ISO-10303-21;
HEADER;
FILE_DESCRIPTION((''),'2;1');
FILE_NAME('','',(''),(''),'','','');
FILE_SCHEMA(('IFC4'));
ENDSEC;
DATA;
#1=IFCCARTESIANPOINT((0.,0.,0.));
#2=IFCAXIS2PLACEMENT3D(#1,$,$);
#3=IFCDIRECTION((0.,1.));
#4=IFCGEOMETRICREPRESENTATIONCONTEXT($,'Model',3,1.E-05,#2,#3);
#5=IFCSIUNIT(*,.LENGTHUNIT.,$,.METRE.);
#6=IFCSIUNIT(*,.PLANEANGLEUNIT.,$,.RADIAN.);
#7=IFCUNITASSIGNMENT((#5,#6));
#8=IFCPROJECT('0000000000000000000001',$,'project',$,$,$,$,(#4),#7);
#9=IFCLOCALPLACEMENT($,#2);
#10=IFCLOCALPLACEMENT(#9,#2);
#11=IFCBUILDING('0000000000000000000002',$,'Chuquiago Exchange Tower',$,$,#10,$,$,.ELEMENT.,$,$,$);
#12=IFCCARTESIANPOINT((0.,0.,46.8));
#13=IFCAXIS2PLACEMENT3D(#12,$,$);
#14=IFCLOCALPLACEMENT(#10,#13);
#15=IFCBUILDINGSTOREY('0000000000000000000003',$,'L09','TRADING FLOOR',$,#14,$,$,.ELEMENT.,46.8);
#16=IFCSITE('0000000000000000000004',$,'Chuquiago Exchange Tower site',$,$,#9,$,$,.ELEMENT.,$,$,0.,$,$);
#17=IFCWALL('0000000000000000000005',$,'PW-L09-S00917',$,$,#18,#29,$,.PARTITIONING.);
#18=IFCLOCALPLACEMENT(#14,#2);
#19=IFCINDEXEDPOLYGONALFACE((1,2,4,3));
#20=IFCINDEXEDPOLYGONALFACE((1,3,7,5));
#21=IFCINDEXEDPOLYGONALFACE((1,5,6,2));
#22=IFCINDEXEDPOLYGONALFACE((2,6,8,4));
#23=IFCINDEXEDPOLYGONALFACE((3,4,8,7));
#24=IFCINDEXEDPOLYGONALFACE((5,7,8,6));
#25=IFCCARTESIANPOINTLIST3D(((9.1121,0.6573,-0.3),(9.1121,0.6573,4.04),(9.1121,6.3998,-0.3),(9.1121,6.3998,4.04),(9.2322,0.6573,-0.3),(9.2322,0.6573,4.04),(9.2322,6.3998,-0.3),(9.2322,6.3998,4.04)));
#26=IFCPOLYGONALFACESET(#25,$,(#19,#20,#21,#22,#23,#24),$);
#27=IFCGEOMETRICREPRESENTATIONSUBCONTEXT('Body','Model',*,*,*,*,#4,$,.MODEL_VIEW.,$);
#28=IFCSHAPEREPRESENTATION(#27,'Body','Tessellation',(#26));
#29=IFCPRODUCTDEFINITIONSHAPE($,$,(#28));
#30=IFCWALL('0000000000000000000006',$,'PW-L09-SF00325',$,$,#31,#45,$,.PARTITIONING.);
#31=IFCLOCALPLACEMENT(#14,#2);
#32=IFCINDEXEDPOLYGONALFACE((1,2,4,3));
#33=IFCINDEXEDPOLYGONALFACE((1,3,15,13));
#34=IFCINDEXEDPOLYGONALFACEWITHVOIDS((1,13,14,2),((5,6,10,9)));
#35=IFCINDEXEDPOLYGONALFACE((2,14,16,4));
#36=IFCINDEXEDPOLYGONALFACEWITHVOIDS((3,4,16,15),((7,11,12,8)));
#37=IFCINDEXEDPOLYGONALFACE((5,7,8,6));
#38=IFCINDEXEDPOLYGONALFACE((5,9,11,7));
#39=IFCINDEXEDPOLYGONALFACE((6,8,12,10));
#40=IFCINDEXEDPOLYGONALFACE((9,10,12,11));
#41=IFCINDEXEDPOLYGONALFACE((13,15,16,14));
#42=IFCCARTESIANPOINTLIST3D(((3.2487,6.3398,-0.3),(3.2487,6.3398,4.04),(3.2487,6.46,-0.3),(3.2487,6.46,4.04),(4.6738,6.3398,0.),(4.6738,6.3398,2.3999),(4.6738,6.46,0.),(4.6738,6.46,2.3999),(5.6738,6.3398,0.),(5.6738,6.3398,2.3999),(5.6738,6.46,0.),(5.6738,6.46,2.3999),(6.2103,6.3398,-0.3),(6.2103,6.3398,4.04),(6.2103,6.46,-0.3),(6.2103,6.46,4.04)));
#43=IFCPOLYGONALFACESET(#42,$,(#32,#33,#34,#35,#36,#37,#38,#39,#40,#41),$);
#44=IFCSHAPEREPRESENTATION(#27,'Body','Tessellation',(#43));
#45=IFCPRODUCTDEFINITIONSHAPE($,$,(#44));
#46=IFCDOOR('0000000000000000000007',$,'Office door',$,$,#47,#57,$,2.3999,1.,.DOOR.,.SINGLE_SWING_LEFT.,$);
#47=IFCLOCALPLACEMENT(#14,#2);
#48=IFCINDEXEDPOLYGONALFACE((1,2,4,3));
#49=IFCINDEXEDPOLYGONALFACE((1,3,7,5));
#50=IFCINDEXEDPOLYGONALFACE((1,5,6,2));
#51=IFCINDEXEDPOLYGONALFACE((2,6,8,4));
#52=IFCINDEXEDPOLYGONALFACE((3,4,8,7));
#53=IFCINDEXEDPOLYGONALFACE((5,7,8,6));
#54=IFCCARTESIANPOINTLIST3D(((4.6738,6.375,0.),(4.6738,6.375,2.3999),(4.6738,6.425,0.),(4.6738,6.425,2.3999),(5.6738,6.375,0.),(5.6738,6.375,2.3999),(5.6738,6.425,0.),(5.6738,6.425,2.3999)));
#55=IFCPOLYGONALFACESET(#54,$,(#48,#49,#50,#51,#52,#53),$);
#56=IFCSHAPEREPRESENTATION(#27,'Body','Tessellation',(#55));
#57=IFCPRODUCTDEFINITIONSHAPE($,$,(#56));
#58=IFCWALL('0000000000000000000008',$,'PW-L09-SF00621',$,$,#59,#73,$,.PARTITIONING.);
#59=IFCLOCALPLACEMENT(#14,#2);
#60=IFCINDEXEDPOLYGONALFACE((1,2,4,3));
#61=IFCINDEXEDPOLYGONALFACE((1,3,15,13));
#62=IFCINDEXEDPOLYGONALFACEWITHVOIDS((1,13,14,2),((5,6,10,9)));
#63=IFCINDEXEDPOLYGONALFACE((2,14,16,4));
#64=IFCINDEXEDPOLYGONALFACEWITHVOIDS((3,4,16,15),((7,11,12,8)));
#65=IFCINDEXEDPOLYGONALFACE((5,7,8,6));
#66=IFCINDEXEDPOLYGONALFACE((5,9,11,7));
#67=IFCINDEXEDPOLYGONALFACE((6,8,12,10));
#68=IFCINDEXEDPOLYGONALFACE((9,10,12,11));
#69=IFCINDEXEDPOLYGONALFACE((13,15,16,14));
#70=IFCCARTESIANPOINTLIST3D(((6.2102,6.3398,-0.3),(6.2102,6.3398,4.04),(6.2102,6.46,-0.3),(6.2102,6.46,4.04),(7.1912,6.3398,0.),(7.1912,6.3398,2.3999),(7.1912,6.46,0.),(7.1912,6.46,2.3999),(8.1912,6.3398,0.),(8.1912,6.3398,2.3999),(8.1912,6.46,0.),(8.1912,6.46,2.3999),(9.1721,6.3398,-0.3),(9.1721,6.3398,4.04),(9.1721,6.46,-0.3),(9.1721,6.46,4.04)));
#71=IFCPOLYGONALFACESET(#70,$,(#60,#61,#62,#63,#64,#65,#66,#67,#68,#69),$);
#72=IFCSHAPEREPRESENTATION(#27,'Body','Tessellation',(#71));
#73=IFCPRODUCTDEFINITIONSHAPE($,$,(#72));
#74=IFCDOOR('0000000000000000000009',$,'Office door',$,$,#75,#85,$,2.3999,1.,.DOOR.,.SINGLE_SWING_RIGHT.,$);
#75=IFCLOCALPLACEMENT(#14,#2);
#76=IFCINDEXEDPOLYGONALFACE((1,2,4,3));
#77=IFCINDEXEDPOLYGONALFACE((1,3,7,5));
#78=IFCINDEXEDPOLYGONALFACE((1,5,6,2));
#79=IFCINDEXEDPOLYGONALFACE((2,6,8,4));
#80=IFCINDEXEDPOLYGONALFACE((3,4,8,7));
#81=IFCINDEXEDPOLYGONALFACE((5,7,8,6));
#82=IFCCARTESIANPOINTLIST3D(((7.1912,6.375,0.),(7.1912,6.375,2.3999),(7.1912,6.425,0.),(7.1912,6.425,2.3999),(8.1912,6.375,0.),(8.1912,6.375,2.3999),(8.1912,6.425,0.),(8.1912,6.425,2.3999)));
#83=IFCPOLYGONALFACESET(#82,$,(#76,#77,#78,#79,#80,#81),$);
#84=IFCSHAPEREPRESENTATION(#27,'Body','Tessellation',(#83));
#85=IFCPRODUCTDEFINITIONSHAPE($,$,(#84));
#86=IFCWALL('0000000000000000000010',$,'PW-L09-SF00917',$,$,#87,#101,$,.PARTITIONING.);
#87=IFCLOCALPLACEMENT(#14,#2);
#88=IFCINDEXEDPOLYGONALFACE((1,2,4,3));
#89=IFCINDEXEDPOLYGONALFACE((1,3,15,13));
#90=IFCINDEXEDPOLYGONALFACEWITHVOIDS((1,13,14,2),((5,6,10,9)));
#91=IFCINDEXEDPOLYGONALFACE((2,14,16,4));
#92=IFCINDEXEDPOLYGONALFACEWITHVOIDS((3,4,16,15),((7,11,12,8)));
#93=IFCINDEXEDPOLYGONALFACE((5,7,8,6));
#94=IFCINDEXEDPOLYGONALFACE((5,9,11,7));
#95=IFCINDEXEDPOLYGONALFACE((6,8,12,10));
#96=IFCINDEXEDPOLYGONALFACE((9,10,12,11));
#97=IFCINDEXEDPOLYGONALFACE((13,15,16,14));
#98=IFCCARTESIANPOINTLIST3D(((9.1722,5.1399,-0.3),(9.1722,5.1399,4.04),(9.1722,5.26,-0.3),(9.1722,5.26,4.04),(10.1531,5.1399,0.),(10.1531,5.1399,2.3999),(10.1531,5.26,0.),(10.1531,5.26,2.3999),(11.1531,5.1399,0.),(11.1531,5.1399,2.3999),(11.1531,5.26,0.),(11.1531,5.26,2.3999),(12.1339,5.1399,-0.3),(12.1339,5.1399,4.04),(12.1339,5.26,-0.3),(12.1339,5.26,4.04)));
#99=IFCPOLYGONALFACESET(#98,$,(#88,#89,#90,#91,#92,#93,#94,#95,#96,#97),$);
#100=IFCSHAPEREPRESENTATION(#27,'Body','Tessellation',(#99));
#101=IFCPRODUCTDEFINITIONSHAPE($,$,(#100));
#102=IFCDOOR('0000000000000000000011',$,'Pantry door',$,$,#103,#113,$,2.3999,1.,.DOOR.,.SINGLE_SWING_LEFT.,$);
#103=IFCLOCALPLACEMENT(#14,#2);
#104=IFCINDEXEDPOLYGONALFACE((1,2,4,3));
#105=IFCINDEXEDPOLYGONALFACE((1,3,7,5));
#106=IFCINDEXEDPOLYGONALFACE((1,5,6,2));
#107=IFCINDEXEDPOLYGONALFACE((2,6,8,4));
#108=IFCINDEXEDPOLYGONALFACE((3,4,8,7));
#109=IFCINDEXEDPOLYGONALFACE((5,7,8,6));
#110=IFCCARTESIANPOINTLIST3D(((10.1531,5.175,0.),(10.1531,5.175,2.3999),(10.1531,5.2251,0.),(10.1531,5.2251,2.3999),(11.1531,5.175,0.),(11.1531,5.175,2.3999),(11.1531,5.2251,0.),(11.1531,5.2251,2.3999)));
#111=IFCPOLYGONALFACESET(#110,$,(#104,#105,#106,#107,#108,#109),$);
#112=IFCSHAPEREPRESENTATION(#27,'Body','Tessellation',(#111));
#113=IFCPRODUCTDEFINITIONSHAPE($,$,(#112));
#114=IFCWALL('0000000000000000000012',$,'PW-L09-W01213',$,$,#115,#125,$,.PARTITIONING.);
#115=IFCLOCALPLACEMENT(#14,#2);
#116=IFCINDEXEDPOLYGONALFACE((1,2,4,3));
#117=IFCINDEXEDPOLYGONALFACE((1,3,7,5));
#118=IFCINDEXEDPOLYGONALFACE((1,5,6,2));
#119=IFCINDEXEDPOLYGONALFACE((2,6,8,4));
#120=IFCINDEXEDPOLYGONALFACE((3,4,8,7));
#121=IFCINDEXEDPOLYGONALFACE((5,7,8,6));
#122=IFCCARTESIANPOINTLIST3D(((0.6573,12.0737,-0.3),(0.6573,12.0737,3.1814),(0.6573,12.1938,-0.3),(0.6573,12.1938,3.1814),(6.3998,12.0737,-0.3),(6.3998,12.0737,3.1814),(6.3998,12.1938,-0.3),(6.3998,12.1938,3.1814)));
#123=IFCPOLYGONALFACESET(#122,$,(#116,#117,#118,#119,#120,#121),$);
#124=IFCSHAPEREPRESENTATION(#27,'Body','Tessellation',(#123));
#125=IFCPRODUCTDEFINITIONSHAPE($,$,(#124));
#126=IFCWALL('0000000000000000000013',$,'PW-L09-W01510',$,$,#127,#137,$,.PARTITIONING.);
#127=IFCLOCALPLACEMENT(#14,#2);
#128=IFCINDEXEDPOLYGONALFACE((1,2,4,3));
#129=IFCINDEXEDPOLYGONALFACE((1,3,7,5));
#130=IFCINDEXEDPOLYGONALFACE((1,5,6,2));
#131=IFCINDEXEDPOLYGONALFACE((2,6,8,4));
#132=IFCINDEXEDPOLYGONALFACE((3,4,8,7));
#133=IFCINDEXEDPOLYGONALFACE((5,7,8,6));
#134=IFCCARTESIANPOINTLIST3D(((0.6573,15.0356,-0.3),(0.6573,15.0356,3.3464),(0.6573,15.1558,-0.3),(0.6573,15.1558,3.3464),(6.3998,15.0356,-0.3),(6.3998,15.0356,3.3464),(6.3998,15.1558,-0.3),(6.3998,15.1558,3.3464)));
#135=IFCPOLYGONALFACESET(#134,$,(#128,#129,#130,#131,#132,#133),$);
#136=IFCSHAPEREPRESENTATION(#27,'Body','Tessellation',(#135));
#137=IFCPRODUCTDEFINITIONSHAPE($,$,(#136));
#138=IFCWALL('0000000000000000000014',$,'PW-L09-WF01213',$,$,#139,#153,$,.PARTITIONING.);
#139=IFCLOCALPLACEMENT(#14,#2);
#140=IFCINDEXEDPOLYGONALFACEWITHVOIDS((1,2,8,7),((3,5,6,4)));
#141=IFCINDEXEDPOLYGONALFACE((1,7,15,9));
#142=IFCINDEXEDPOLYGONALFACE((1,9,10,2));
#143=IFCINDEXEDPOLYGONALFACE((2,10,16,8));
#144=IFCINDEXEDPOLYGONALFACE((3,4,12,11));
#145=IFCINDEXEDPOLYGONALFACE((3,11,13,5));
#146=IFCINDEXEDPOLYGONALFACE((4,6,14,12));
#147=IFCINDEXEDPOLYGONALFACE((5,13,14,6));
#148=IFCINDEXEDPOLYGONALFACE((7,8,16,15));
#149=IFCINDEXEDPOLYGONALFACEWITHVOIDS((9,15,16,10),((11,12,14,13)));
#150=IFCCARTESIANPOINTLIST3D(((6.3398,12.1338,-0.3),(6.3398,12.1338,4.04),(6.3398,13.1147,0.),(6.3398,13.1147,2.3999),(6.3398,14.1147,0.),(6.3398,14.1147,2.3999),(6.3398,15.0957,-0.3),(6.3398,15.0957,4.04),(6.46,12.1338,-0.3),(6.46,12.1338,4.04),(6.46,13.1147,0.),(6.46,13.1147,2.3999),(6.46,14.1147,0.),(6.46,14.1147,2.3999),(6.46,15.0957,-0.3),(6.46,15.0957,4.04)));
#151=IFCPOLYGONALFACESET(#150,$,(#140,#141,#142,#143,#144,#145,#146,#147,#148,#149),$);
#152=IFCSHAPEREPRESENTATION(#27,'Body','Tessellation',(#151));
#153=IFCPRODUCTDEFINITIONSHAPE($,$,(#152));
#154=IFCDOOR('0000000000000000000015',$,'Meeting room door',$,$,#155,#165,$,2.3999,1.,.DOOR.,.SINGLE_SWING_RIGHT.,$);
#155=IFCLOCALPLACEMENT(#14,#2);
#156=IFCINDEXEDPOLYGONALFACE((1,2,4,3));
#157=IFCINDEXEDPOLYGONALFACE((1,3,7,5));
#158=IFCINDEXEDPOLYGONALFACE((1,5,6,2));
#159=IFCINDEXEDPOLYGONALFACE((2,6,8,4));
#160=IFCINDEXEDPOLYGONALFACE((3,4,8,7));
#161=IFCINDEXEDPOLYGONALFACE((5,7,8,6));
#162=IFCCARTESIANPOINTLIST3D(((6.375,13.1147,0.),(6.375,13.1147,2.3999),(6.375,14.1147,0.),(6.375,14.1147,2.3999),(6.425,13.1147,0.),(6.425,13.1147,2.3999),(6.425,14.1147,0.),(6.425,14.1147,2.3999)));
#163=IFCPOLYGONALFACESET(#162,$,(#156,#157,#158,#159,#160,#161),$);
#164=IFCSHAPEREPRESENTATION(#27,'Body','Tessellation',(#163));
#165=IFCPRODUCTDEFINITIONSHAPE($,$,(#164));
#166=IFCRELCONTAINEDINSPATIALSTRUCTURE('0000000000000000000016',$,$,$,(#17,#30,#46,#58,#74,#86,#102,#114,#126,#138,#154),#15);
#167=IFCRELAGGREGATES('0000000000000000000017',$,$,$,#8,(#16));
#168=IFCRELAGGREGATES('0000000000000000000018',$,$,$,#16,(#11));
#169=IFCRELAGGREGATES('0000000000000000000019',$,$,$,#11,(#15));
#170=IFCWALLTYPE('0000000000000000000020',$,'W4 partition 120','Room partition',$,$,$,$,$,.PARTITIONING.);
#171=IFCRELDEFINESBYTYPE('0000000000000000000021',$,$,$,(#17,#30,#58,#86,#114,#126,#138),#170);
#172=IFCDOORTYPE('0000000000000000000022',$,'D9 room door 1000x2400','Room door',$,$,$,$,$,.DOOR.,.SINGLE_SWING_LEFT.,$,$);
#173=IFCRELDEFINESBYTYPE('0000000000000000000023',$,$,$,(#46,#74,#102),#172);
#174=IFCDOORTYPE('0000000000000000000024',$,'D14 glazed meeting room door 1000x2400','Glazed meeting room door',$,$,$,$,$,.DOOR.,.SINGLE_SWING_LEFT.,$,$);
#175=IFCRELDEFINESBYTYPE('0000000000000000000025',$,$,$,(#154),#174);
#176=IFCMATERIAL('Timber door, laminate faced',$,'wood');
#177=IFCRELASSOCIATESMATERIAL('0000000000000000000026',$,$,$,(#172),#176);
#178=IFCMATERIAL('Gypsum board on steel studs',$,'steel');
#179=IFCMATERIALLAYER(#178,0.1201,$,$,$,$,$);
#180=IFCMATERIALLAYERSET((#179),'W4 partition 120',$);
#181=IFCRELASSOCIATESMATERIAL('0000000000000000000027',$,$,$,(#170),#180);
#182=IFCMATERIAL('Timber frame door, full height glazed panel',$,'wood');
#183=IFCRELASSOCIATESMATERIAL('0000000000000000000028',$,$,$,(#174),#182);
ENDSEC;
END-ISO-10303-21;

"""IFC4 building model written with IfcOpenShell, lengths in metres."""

from ifc_helpers import new_model, si_unit, direction, frame, frame_2d, origin, place, context, subcontext, project, spatial, rectangle, extrude, material, layer, layer_set, type_object, element, fill, save


model = new_model("IFC4")

# Units and contexts
model_context = context("Model", 3, precision=1e-05, world=origin(), true_north=direction((0.0, 1.0)))
body_context = subcontext(model_context, "Body", "Model", "MODEL_VIEW")
ifc_project = project(units=[si_unit("LENGTHUNIT", "METRE"), si_unit("PLANEANGLEUNIT", "RADIAN")], contexts=[model_context])

# Site, building, storey
site_placement = place(None, origin())
site = spatial("IfcSite", under=ifc_project, at=site_placement, Name="Chuquiago Exchange Tower site", CompositionType="ELEMENT", RefElevation=0.0)
building_placement = place(site_placement, origin())
building = spatial("IfcBuilding", under=site, at=building_placement, Name="Chuquiago Exchange Tower", CompositionType="ELEMENT")
storey_placement = place(building_placement, frame((0.0, 0.0, 46.8)))
storey = spatial("IfcBuildingStorey", under=building, at=storey_placement, Name="L09", Description="TRADING FLOOR", CompositionType="ELEMENT", Elevation=46.8)

# Shared definitions
ifc_material_1 = material(Name="Timber door, laminate faced", Category="wood")
door_type_1 = type_object("IfcDoorType", Name="D9 room door 1000x2400", Description="Room door", OperationType="SINGLE_SWING_LEFT", PredefinedType="DOOR", material=ifc_material_1)

# Wall
ifc_material_2 = material(Name="Gypsum board on steel studs", Category="steel")
ifc_layer_1 = layer(ifc_material_2, 0.1201)
ifc_layer_set_1 = layer_set([ifc_layer_1], Name="W4 partition 120")
wall_type_1 = type_object("IfcWallType", Name="W4 partition 120", Description="Room partition", PredefinedType="PARTITIONING", material=ifc_layer_set_1)
for number, where, z_axis, x_axis, name in (
    (1, (9.1721, 0.6575, -0.3), (0.0, 0.0, 1.0), (0.0, 1.0, 0.0), "PW-L09-S00917"),
):
    element("IfcWall", number, at=place(storey_placement, frame(where, z_axis=z_axis, x_axis=x_axis)), inside=storey, type_object=wall_type_1, Name=name, PredefinedType="PARTITIONING", context=body_context, shape_type="SweptSolid", body=[
        extrude(rectangle(XDim=5.7424, YDim=0.1201, at=frame_2d((2.8711, 0.0))), origin(), (0.0, 0.0, 1.0), 4.3401),
    ])

# Walls, openings, doors
wall_1_placement = place(storey_placement, frame((3.2485, 6.3999, -0.3), z_axis=(0.0, 0.0, 1.0), x_axis=(1.0, 0.0, 0.0)))
wall_1 = element("IfcWall", 2, at=wall_1_placement, inside=storey, type_object=wall_type_1, Name="PW-L09-SF00325", PredefinedType="PARTITIONING", context=body_context, shape_type="SweptSolid", body=[
    extrude(rectangle(XDim=2.9617, YDim=0.1201, at=frame_2d((1.481, 0.0))), origin(), (0.0, 0.0, 1.0), 4.3401),
])
opening_1_placement = place(wall_1_placement, frame((1.4253, 0.0, 0.3)))
opening_1 = element("IfcOpeningElement", 3, at=opening_1_placement, cuts=wall_1, PredefinedType="OPENING", context=body_context, shape_type="SweptSolid", body=[
    extrude(rectangle(XDim=1.0, YDim=2.3999, at=frame_2d((0.5, 1.2))), frame((0.0, 0.0701, 0.0), z_axis=(0.0, -1.0, 0.0), x_axis=(1.0, 0.0, 0.0)), (0.0, 0.0, 1.0), 0.1401),
])
door_1_placement = place(opening_1_placement, frame((1.0, 0.0, 0.0), z_axis=(0.0, 0.0, 1.0), x_axis=(-1.0, 0.0, 0.0)))
door_1 = element("IfcDoor", 4, at=door_1_placement, inside=storey, type_object=door_type_1, Name="Office door", OperationType="SINGLE_SWING_LEFT", OverallHeight=2.3999, OverallWidth=1.0, PredefinedType="DOOR", context=body_context, shape_type="SweptSolid", body=[
    extrude(rectangle(XDim=1.0, YDim=2.3999, at=frame_2d((0.5, 1.2))), frame((0.0, 0.0249, 0.0), z_axis=(0.0, -1.0, 0.0), x_axis=(1.0, 0.0, 0.0)), (0.0, 0.0, 1.0), 0.05),
])
fill(opening_1, door_1)
wall_2_placement = place(storey_placement, frame((6.2102, 6.3999, -0.3), z_axis=(0.0, 0.0, 1.0), x_axis=(1.0, 0.0, 0.0)))
wall_2 = element("IfcWall", 5, at=wall_2_placement, inside=storey, type_object=wall_type_1, Name="PW-L09-SF00621", PredefinedType="PARTITIONING", context=body_context, shape_type="SweptSolid", body=[
    extrude(rectangle(XDim=2.9619, YDim=0.1201, at=frame_2d((1.481, 0.0))), origin(), (0.0, 0.0, 1.0), 4.3401),
])
opening_2_placement = place(wall_2_placement, frame((0.981, 0.0, 0.3)))
opening_2 = element("IfcOpeningElement", 6, at=opening_2_placement, cuts=wall_2, PredefinedType="OPENING", context=body_context, shape_type="SweptSolid", body=[
    extrude(rectangle(XDim=1.0, YDim=2.3999, at=frame_2d((0.5, 1.2))), frame((0.0, 0.0701, 0.0), z_axis=(0.0, -1.0, 0.0), x_axis=(1.0, 0.0, 0.0)), (0.0, 0.0, 1.0), 0.1401),
])
door_2_placement = place(opening_2_placement, frame((1.0, 0.0, 0.0), z_axis=(0.0, 0.0, 1.0), x_axis=(-1.0, 0.0, 0.0)))
door_2 = element("IfcDoor", 7, at=door_2_placement, inside=storey, type_object=door_type_1, Name="Office door", OperationType="SINGLE_SWING_RIGHT", OverallHeight=2.3999, OverallWidth=1.0, PredefinedType="DOOR", context=body_context, shape_type="SweptSolid", body=[
    extrude(rectangle(XDim=1.0, YDim=2.3999, at=frame_2d((0.5, 1.2))), frame((0.0, 0.0249, 0.0), z_axis=(0.0, -1.0, 0.0), x_axis=(1.0, 0.0, 0.0)), (0.0, 0.0, 1.0), 0.05),
])
fill(opening_2, door_2)
wall_3_placement = place(storey_placement, frame((9.1721, 5.2, -0.3), z_axis=(0.0, 0.0, 1.0), x_axis=(1.0, 0.0, 0.0)))
wall_3 = element("IfcWall", 8, at=wall_3_placement, inside=storey, type_object=wall_type_1, Name="PW-L09-SF00917", PredefinedType="PARTITIONING", context=body_context, shape_type="SweptSolid", body=[
    extrude(rectangle(XDim=2.9617, YDim=0.1201, at=frame_2d((1.481, 0.0))), origin(), (0.0, 0.0, 1.0), 4.3401),
])
opening_3_placement = place(wall_3_placement, frame((0.981, 0.0, 0.3)))
opening_3 = element("IfcOpeningElement", 9, at=opening_3_placement, cuts=wall_3, PredefinedType="OPENING", context=body_context, shape_type="SweptSolid", body=[
    extrude(rectangle(XDim=1.0, YDim=2.3999, at=frame_2d((0.5, 1.2))), frame((0.0, 0.0701, 0.0), z_axis=(0.0, -1.0, 0.0), x_axis=(1.0, 0.0, 0.0)), (0.0, 0.0, 1.0), 0.1401),
])
door_3_placement = place(opening_3_placement, frame((1.0, 0.0, 0.0), z_axis=(0.0, 0.0, 1.0), x_axis=(-1.0, 0.0, 0.0)))
door_3 = element("IfcDoor", 10, at=door_3_placement, inside=storey, type_object=door_type_1, Name="Pantry door", OperationType="SINGLE_SWING_LEFT", OverallHeight=2.3999, OverallWidth=1.0, PredefinedType="DOOR", context=body_context, shape_type="SweptSolid", body=[
    extrude(rectangle(XDim=1.0, YDim=2.3999, at=frame_2d((0.5, 1.2))), frame((0.0, 0.0249, 0.0), z_axis=(0.0, -1.0, 0.0), x_axis=(1.0, 0.0, 0.0)), (0.0, 0.0, 1.0), 0.05),
])
fill(opening_3, door_3)

# Walls
wall_4_placement = place(storey_placement, frame((0.6575, 12.1338, -0.3), z_axis=(0.0, 0.0, 1.0), x_axis=(1.0, 0.0, 0.0)))
element("IfcWall", 11, at=wall_4_placement, inside=storey, type_object=wall_type_1, Name="PW-L09-W01213", PredefinedType="PARTITIONING", context=body_context, shape_type="SweptSolid", body=[
    extrude(rectangle(XDim=5.7424, YDim=0.1201, at=frame_2d((2.8711, 0.0))), origin(), (0.0, 0.0, 1.0), 3.4814),
])
wall_5_placement = place(storey_placement, frame((0.6575, 15.0957, -0.3), z_axis=(0.0, 0.0, 1.0), x_axis=(1.0, 0.0, 0.0)))
element("IfcWall", 12, at=wall_5_placement, inside=storey, type_object=wall_type_1, Name="PW-L09-W01510", PredefinedType="PARTITIONING", context=body_context, shape_type="SweptSolid", body=[
    extrude(rectangle(XDim=5.7424, YDim=0.1201, at=frame_2d((2.8711, 0.0))), origin(), (0.0, 0.0, 1.0), 3.6465),
])

# Wall, opening, door
wall_6_placement = place(storey_placement, frame((6.3999, 12.1338, -0.3), z_axis=(0.0, 0.0, 1.0), x_axis=(0.0, 1.0, 0.0)))
wall_6 = element("IfcWall", 13, at=wall_6_placement, inside=storey, type_object=wall_type_1, Name="PW-L09-WF01213", PredefinedType="PARTITIONING", context=body_context, shape_type="SweptSolid", body=[
    extrude(rectangle(XDim=2.9619, YDim=0.1201, at=frame_2d((1.481, 0.0))), origin(), (0.0, 0.0, 1.0), 4.3401),
])
opening_4_placement = place(wall_6_placement, frame((0.981, 0.0, 0.3)))
opening_4 = element("IfcOpeningElement", 14, at=opening_4_placement, cuts=wall_6, PredefinedType="OPENING", context=body_context, shape_type="SweptSolid", body=[
    extrude(rectangle(XDim=1.0, YDim=2.3999, at=frame_2d((0.5, 1.2))), frame((0.0, 0.0701, 0.0), z_axis=(0.0, -1.0, 0.0), x_axis=(1.0, 0.0, 0.0)), (0.0, 0.0, 1.0), 0.1401),
])
ifc_material_3 = material(Name="Timber frame door, full height glazed panel", Category="wood")
door_type_2 = type_object("IfcDoorType", Name="D14 glazed meeting room door 1000x2400", Description="Glazed meeting room door", OperationType="SINGLE_SWING_LEFT", PredefinedType="DOOR", material=ifc_material_3)
door_4_placement = place(opening_4_placement, origin())
door_4 = element("IfcDoor", 15, at=door_4_placement, inside=storey, type_object=door_type_2, Name="Meeting room door", OperationType="SINGLE_SWING_RIGHT", OverallHeight=2.3999, OverallWidth=1.0, PredefinedType="DOOR", context=body_context, shape_type="SweptSolid", body=[
    extrude(rectangle(XDim=1.0, YDim=2.3999, at=frame_2d((0.5, 1.2))), frame((0.0, 0.0249, 0.0), z_axis=(0.0, -1.0, 0.0), x_axis=(1.0, 0.0, 0.0)), (0.0, 0.0, 1.0), 0.05),
])
fill(opening_4, door_4)

save(model, "model.ifc")
